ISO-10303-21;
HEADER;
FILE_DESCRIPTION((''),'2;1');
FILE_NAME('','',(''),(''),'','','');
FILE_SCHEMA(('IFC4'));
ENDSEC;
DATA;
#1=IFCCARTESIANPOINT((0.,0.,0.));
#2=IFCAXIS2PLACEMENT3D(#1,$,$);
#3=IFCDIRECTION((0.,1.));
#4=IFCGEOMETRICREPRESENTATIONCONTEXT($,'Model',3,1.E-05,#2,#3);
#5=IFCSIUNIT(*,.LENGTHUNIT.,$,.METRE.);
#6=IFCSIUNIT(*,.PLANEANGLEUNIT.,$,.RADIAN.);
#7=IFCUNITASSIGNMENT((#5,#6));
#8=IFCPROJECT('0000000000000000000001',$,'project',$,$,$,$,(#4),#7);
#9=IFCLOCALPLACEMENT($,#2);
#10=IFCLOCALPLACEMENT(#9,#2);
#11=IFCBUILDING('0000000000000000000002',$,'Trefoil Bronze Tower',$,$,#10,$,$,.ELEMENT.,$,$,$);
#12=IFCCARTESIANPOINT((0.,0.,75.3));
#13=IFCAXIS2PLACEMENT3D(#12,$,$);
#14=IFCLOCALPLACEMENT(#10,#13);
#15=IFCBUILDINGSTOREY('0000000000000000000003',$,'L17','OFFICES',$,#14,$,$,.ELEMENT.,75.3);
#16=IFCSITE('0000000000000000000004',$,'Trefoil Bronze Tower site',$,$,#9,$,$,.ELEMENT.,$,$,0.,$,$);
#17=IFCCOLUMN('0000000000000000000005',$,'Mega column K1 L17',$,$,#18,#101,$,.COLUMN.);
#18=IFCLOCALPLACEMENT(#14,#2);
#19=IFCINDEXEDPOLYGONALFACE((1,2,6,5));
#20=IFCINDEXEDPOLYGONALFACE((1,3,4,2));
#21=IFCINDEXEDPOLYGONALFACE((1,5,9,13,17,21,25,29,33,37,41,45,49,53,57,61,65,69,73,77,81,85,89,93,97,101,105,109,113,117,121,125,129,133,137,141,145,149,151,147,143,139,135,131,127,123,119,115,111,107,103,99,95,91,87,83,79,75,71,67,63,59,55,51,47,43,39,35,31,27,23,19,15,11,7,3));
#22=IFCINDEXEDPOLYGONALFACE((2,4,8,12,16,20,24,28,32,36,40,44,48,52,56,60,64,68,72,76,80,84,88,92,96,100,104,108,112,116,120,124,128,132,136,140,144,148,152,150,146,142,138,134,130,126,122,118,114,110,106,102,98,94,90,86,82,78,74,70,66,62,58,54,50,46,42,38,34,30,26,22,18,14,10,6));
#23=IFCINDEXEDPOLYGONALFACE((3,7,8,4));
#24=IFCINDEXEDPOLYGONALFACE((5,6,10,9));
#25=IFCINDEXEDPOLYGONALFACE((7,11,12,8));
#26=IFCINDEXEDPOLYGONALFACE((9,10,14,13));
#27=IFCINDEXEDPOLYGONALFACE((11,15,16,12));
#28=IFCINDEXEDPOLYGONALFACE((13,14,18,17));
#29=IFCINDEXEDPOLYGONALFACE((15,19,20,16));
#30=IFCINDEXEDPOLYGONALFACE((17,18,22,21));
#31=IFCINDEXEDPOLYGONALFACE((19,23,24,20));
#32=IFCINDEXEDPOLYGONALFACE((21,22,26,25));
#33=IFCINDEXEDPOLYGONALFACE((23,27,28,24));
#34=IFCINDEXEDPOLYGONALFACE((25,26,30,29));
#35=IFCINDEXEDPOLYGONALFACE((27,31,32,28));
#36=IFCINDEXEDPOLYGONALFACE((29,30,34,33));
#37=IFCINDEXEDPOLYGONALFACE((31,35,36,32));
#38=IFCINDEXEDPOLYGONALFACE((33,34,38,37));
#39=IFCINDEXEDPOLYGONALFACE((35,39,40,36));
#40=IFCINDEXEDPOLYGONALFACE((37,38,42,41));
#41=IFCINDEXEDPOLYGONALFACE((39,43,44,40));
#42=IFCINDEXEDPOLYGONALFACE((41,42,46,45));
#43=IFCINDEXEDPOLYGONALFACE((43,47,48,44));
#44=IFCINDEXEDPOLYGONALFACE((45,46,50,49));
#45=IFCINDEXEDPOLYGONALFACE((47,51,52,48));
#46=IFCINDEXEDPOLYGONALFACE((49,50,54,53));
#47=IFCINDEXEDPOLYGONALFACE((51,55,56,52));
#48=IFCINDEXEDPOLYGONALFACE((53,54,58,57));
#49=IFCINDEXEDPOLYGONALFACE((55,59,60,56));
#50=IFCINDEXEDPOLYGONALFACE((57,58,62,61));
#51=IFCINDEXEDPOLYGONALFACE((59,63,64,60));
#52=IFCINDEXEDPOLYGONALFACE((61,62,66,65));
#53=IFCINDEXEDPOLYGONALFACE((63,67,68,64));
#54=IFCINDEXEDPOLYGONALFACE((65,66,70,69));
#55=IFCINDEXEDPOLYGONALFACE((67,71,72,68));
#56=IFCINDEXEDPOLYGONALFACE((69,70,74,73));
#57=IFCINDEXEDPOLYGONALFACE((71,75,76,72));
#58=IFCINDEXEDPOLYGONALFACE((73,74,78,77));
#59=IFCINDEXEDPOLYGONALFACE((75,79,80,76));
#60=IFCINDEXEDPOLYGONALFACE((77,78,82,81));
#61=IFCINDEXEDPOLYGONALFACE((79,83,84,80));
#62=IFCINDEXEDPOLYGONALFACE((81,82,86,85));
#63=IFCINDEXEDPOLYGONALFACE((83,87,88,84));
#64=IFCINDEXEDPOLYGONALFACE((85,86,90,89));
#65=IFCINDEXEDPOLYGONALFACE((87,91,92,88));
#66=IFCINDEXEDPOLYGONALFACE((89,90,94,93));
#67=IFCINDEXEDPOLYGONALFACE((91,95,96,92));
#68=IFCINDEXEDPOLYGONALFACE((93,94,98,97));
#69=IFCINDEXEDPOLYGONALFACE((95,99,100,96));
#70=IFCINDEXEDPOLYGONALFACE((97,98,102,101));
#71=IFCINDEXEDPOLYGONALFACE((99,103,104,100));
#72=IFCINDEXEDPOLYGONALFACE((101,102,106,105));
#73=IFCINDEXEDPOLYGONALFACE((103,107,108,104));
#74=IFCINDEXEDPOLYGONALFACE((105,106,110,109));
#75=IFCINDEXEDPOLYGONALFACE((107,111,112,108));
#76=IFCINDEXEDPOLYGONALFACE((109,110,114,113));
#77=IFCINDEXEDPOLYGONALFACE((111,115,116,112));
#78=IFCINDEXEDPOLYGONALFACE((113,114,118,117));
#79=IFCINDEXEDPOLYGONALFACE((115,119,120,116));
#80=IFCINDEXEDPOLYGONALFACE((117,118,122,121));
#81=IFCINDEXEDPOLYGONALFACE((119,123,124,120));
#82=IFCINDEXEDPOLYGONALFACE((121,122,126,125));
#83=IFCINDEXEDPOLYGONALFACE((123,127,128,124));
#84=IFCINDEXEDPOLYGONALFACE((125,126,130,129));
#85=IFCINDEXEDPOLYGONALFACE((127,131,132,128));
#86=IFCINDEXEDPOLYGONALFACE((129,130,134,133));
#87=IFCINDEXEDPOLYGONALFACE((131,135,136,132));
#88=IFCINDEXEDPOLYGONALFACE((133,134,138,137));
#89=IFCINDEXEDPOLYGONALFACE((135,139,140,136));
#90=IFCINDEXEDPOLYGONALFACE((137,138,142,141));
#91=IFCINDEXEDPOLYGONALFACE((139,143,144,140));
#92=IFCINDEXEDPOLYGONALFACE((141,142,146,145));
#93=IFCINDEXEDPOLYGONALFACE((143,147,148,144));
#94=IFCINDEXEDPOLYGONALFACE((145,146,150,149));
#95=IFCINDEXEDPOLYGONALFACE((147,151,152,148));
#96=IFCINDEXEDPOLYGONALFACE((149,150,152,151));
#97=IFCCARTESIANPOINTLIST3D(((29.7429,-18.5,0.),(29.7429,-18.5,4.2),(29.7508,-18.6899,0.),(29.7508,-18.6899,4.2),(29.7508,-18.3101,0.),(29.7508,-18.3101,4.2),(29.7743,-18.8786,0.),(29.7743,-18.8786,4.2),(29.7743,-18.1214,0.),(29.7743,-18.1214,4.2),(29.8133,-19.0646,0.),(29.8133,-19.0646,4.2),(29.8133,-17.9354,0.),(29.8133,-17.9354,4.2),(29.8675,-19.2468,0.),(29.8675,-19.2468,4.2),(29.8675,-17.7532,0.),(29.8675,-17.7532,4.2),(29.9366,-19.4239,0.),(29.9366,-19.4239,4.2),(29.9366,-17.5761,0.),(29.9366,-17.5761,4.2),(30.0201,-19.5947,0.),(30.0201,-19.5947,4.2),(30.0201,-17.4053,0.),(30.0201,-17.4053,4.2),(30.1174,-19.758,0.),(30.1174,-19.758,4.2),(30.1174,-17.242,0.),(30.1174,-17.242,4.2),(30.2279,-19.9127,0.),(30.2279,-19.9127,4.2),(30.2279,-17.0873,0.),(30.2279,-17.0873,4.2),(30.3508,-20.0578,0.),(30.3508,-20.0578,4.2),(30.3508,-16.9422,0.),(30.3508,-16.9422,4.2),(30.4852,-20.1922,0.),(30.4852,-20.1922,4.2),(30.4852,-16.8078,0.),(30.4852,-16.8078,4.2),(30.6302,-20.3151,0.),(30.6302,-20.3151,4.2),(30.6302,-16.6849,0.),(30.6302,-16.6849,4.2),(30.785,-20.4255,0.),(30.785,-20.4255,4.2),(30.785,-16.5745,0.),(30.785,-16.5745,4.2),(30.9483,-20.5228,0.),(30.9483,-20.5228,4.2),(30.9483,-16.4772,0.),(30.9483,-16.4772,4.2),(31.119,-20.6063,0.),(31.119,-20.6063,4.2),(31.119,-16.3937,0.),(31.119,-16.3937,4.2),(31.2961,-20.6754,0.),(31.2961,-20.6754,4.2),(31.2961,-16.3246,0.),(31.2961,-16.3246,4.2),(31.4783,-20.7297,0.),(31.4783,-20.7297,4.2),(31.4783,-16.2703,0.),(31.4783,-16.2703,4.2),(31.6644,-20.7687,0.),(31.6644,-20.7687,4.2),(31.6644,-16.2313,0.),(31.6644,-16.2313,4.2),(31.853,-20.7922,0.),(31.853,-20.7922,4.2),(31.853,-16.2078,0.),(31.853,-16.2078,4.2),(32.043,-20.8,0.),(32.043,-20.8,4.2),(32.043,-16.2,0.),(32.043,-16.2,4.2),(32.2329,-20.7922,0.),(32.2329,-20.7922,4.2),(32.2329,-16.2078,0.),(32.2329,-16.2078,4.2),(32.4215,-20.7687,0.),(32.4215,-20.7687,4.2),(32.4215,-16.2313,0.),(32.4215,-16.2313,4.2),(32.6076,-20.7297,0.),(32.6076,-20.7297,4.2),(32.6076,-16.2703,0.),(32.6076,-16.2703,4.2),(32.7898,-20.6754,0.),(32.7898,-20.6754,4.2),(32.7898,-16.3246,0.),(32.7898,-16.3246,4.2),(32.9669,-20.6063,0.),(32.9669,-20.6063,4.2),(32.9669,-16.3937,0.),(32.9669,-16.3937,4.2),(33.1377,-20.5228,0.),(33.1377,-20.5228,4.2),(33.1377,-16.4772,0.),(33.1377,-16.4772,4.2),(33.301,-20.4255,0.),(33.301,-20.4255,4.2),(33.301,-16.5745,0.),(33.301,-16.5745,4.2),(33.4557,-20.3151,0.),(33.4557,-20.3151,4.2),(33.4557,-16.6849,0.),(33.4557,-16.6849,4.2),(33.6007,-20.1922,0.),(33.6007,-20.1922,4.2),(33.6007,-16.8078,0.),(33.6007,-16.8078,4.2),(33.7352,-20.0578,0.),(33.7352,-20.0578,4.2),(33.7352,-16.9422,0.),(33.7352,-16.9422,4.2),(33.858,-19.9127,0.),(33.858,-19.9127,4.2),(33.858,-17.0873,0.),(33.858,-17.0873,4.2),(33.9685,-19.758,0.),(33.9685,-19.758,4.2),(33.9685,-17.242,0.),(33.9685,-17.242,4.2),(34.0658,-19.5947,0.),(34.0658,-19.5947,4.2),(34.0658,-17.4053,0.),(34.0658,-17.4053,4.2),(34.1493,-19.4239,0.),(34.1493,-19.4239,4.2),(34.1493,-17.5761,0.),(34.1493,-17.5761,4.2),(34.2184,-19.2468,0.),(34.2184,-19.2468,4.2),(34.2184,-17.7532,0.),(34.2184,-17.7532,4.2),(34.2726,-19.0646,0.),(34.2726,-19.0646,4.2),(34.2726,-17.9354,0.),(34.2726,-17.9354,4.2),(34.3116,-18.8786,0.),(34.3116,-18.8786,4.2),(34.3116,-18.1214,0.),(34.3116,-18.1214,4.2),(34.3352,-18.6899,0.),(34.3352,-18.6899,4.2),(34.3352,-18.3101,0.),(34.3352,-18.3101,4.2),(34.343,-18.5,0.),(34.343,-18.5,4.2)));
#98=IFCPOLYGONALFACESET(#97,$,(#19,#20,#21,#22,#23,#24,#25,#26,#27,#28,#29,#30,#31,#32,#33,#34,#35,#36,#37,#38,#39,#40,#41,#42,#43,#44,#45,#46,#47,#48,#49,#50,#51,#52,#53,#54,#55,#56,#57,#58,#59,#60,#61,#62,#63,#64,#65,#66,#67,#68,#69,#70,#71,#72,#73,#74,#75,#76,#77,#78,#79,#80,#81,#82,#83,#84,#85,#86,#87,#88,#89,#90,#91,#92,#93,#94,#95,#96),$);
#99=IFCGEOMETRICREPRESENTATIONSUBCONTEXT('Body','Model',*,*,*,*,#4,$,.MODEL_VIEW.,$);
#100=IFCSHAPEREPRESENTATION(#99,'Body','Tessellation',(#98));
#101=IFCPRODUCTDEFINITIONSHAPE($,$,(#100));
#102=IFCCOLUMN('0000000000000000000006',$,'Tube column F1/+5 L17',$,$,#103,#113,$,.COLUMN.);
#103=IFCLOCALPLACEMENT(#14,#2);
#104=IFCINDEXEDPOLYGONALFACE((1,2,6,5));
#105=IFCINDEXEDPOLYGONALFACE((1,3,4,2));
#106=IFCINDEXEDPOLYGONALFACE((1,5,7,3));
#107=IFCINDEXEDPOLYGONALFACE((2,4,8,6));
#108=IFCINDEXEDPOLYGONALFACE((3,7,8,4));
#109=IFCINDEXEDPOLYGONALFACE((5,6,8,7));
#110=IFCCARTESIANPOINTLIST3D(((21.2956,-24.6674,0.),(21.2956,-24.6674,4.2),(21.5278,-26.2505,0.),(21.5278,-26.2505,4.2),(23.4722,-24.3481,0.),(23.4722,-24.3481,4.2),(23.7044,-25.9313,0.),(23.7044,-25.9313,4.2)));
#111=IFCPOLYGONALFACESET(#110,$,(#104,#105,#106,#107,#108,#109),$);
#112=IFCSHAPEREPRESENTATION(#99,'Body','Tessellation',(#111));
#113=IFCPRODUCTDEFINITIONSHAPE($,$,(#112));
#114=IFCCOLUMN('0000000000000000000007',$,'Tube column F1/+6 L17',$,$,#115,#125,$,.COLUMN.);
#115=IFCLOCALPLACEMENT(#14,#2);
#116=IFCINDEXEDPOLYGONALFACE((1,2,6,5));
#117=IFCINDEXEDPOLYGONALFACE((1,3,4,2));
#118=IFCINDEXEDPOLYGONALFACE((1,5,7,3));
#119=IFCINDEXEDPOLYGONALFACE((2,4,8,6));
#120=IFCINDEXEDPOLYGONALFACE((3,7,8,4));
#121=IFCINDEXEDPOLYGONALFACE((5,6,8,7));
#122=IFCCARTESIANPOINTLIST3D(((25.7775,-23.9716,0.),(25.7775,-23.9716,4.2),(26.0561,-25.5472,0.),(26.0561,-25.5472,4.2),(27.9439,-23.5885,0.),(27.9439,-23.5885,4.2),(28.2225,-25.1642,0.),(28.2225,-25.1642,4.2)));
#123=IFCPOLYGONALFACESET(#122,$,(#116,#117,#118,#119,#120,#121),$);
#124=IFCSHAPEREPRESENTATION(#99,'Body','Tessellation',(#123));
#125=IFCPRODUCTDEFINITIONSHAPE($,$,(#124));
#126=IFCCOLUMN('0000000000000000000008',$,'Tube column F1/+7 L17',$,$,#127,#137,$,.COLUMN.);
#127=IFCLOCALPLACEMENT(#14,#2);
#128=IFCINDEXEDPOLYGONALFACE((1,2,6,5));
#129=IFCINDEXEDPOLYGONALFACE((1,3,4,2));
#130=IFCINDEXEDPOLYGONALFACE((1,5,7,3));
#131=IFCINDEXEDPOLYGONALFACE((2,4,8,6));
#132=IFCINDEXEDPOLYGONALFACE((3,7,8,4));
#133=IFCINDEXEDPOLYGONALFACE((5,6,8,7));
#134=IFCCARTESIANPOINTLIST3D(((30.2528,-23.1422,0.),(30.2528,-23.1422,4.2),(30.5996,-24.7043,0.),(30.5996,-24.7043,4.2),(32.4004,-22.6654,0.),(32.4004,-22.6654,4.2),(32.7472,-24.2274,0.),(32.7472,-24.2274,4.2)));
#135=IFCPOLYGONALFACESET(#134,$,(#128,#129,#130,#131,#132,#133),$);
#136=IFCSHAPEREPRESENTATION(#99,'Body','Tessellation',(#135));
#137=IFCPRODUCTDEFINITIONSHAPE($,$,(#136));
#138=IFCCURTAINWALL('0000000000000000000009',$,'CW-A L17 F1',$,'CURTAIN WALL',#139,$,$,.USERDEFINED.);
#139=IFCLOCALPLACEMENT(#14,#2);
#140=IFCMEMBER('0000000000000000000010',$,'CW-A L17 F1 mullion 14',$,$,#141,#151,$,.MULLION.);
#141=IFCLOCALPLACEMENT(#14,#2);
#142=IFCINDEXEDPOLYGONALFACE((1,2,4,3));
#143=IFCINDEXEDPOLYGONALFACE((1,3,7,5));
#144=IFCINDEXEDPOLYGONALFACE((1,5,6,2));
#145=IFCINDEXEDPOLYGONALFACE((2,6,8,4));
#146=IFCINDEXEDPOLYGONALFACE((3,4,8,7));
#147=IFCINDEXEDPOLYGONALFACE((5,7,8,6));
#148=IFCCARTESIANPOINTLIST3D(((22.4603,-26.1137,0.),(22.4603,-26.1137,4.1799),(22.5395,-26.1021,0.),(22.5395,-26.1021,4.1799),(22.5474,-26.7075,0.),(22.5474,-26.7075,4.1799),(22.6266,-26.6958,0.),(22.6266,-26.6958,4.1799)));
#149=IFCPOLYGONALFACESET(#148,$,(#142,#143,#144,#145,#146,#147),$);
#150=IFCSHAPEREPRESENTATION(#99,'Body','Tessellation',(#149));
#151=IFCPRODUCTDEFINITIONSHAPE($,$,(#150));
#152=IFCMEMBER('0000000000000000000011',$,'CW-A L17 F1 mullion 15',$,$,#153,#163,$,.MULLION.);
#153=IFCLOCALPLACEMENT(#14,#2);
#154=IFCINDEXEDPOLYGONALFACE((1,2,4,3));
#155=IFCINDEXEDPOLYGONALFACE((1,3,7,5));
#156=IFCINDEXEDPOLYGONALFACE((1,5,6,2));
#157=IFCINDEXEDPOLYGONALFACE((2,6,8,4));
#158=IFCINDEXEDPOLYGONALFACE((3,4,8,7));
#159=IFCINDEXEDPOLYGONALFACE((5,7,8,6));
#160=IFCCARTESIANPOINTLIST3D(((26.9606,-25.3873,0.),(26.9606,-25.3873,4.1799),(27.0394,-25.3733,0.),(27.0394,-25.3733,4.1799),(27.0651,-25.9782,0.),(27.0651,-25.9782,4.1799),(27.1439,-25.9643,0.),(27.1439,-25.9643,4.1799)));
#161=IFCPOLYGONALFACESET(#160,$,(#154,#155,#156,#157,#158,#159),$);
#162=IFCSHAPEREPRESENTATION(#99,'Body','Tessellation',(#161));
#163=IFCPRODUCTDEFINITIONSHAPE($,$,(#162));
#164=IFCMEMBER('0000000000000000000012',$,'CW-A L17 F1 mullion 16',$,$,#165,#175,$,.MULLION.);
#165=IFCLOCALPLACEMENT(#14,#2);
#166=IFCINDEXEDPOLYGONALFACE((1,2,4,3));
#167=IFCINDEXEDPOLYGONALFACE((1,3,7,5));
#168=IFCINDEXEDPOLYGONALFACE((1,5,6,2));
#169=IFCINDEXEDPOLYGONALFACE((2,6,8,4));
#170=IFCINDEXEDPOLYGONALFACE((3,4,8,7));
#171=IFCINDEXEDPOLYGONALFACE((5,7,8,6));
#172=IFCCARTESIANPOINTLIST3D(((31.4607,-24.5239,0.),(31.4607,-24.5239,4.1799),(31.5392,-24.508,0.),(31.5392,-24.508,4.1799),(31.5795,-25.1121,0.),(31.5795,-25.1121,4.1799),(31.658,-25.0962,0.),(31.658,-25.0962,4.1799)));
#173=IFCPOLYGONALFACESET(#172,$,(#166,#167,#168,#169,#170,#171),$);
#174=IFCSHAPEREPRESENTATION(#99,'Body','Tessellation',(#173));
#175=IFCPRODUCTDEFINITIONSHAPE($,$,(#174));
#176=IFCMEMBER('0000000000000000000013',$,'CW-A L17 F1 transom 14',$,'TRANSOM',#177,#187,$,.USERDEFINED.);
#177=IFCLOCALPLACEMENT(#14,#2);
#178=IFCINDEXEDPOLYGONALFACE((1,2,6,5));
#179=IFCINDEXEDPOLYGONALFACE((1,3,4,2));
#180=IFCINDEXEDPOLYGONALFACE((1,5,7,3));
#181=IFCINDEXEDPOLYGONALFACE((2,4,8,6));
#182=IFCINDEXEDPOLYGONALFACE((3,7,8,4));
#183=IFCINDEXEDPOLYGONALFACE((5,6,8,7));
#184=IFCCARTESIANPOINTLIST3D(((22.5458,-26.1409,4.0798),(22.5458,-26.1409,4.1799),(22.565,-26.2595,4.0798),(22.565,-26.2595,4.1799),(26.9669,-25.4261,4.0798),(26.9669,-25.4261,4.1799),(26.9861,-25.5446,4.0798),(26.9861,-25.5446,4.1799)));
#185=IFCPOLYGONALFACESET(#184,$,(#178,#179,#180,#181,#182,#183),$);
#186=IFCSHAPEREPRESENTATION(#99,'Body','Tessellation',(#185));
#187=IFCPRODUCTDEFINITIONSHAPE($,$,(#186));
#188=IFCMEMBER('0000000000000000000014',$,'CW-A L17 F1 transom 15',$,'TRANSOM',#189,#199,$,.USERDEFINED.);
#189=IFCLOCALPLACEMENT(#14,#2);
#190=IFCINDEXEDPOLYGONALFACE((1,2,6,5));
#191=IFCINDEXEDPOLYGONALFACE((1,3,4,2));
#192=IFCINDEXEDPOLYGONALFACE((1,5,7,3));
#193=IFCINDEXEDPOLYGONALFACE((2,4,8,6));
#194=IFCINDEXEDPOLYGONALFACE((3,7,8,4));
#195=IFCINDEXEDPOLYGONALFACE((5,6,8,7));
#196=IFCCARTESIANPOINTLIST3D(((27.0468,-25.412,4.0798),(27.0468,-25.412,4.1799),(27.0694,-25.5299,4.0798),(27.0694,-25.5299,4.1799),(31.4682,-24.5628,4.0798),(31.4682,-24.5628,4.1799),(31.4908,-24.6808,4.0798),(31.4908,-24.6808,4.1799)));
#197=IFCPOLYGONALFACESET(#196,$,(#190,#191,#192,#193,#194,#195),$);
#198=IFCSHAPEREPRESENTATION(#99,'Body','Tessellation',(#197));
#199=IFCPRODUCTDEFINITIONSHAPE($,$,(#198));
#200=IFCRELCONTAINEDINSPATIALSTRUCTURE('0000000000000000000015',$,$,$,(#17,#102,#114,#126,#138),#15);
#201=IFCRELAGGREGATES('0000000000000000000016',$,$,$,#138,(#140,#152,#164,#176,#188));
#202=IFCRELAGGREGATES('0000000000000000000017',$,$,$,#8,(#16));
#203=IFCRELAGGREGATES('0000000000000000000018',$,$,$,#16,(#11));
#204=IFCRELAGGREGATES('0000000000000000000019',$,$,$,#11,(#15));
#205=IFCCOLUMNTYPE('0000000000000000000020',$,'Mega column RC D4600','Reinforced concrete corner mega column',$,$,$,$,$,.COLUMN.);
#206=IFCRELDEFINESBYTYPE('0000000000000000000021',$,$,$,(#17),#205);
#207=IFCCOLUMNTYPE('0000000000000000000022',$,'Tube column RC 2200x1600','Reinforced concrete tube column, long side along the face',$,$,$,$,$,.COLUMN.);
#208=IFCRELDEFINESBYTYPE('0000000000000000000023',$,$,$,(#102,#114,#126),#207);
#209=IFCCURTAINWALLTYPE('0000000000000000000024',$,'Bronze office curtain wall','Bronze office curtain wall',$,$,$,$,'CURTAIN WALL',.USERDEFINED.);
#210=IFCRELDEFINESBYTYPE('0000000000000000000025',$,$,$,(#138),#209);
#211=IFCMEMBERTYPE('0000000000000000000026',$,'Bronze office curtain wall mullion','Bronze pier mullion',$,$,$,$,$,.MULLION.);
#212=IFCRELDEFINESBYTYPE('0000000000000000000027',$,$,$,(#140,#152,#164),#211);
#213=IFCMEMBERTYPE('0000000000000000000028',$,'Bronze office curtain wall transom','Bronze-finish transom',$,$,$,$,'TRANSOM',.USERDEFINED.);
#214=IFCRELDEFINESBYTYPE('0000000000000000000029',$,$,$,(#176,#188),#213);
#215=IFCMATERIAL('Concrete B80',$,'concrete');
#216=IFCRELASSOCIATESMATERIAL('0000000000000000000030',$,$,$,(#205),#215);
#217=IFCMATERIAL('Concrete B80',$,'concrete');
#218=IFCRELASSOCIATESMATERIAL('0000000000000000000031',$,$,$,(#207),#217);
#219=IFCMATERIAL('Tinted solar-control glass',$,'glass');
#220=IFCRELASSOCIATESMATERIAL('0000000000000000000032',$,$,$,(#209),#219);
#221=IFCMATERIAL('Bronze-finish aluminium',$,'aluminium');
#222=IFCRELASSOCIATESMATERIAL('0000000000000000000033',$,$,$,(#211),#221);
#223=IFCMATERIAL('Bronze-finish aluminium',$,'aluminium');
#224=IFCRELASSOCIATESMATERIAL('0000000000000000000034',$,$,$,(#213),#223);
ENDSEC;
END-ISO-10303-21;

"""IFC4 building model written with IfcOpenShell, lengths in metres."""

from ifc_helpers import new_model, si_unit, direction, frame, origin, origin_2d, place, context, subcontext, project, spatial, rectangle, circle, extrude, material, material_profile, profile_set, type_object, element, aggregate, save


model = new_model("IFC4")

# Units and contexts
model_context = context("Model", 3, precision=1e-05, world=origin(), true_north=direction((0.0, 1.0)))
body_context = subcontext(model_context, "Body", "Model", "MODEL_VIEW")
ifc_project = project(units=[si_unit("LENGTHUNIT", "METRE"), si_unit("PLANEANGLEUNIT", "RADIAN")], contexts=[model_context])

# Site, building, storey
site_placement = place(None, origin())
site = spatial("IfcSite", under=ifc_project, at=site_placement, Name="Trefoil Bronze Tower site", CompositionType="ELEMENT", RefElevation=0.0)
building_placement = place(site_placement, origin())
building = spatial("IfcBuilding", under=site, at=building_placement, Name="Trefoil Bronze Tower", CompositionType="ELEMENT")
storey_placement = place(building_placement, frame((0.0, 0.0, 75.3)))
storey = spatial("IfcBuildingStorey", under=building, at=storey_placement, Name="L17", Description="OFFICES", CompositionType="ELEMENT", Elevation=75.3)

# Columns
ifc_material_1 = material(Name="Concrete B80", Category="concrete")
ifc_material_profile_1 = material_profile(ifc_material_1, circle(Radius=2.3, at=origin_2d()), Name="RC D4600")
ifc_profile_set_1 = profile_set([ifc_material_profile_1], Name="Concrete B80")
column_type_1 = type_object("IfcColumnType", Name="Mega column RC D4600", Description="Reinforced concrete corner mega column", PredefinedType="COLUMN", material=ifc_profile_set_1)
column_placement = place(storey_placement, frame((32.043, -18.5, 0.0), z_axis=(0.0, 0.0, 1.0), x_axis=(1.0, 0.0, 0.0)))
element("IfcColumn", 1, at=column_placement, inside=storey, type_object=column_type_1, Name="Mega column K1 L17", PredefinedType="COLUMN", context=body_context, shape_type="SweptSolid", body=[
    extrude(circle(Radius=2.3, at=origin_2d()), origin(), (0.0, 0.0, 1.0), 4.2),
])
ifc_material_2 = material(Name="Concrete B80", Category="concrete")
ifc_material_profile_2 = material_profile(ifc_material_2, rectangle(XDim=2.2, YDim=1.6001, at=origin_2d()), Name="RC 2200x1600")
ifc_profile_set_2 = profile_set([ifc_material_profile_2], Name="Concrete B80")
column_type_2 = type_object("IfcColumnType", Name="Tube column RC 2200x1600", Description="Reinforced concrete tube column, long side along the face", PredefinedType="COLUMN", material=ifc_profile_set_2)
for number, where, z_axis, x_axis, name in (
    (2, (22.5, -25.2993, 0.0), (0.0, 0.0, 1.0), (0.989416, 0.145109, 0.0), "Tube column F1/+5 L17"),
    (3, (27.0, -24.5679, 0.0), (0.0, 0.0, 1.0), (0.984722, 0.174131, 0.0), "Tube column F1/+6 L17"),
    (4, (31.5, -23.6848, 0.0), (0.0, 0.0, 1.0), (0.97623, 0.216739, 0.0), "Tube column F1/+7 L17"),
):
    element("IfcColumn", number, at=place(storey_placement, frame(where, z_axis=z_axis, x_axis=x_axis)), inside=storey, type_object=column_type_2, Name=name, PredefinedType="COLUMN", context=body_context, shape_type="SweptSolid", body=[
        extrude(rectangle(XDim=2.2, YDim=1.6001, at=origin_2d()), origin(), (0.0, 0.0, 1.0), 4.2),
    ])

# Curtain wall, members
ifc_material_3 = material(Name="Tinted solar-control glass", Category="glass")
curtain_wall_type_1 = type_object("IfcCurtainWallType", Name="Bronze office curtain wall", Description="Bronze office curtain wall", ElementType="CURTAIN WALL", PredefinedType="USERDEFINED", material=ifc_material_3)
curtain_wall_1_placement = place(storey_placement, origin())
curtain_wall_1 = element("IfcCurtainWall", 5, at=curtain_wall_1_placement, inside=storey, type_object=curtain_wall_type_1, Name="CW-A L17 F1", ObjectType="CURTAIN WALL", PredefinedType="USERDEFINED")
ifc_material_4 = material(Name="Bronze-finish aluminium", Category="aluminium")
ifc_material_profile_3 = material_profile(ifc_material_4, rectangle(XDim=0.6001, YDim=0.0801, at=origin_2d()), Name="CW-A mullion")
ifc_profile_set_3 = profile_set([ifc_material_profile_3], Name="Bronze-finish aluminium")
member_type_1 = type_object("IfcMemberType", Name="Bronze office curtain wall mullion", Description="Bronze pier mullion", PredefinedType="MULLION", material=ifc_profile_set_3)
member_1_placement = place(storey_placement, frame((22.5435, -26.4048, 0.0), z_axis=(0.0, 0.0, 1.0), x_axis=(-0.145109, 0.989416, 0.0)))
member_1 = element("IfcMember", 6, at=member_1_placement, type_object=member_type_1, Name="CW-A L17 F1 mullion 14", PredefinedType="MULLION", context=body_context, shape_type="SweptSolid", body=[
    extrude(rectangle(XDim=0.6001, YDim=0.0801, at=origin_2d()), origin(), (0.0, 0.0, 1.0), 4.1799),
])
member_2_placement = place(storey_placement, frame((27.0522, -25.6758, 0.0), z_axis=(0.0, 0.0, 1.0), x_axis=(-0.174131, 0.984722, 0.0)))
member_2 = element("IfcMember", 7, at=member_2_placement, type_object=member_type_1, Name="CW-A L17 F1 mullion 15", PredefinedType="MULLION", context=body_context, shape_type="SweptSolid", body=[
    extrude(rectangle(XDim=0.6001, YDim=0.0801, at=origin_2d()), origin(), (0.0, 0.0, 1.0), 4.1799),
])
member_3_placement = place(storey_placement, frame((31.5593, -24.8101, 0.0), z_axis=(0.0, 0.0, 1.0), x_axis=(-0.19791, 0.98022, 0.0)))
member_3 = element("IfcMember", 8, at=member_3_placement, type_object=member_type_1, Name="CW-A L17 F1 mullion 16", PredefinedType="MULLION", context=body_context, shape_type="SweptSolid", body=[
    extrude(rectangle(XDim=0.6001, YDim=0.0801, at=origin_2d()), origin(), (0.0, 0.0, 1.0), 4.1799),
])
ifc_material_5 = material(Name="Bronze-finish aluminium", Category="aluminium")
ifc_material_profile_4 = material_profile(ifc_material_5, rectangle(XDim=0.1201, YDim=0.1001, at=origin_2d()), Name="CW-A transom")
ifc_profile_set_4 = profile_set([ifc_material_profile_4], Name="Bronze-finish aluminium")
member_type_2 = type_object("IfcMemberType", Name="Bronze office curtain wall transom", Description="Bronze-finish transom", ElementType="TRANSOM", PredefinedType="USERDEFINED", material=ifc_profile_set_4)
member_4_placement = place(storey_placement, frame((22.5554, -26.2002, 4.1299), z_axis=(0.987179, 0.159615, 0.0), x_axis=(-0.159615, 0.987179, 0.0)))
member_4 = element("IfcMember", 9, at=member_4_placement, type_object=member_type_2, Name="CW-A L17 F1 transom 14", ObjectType="TRANSOM", PredefinedType="USERDEFINED", context=body_context, shape_type="SweptSolid", body=[
    extrude(rectangle(XDim=0.1201, YDim=0.1001, at=origin_2d()), origin(), (0.0, 0.0, 1.0), 4.4785),
])
member_5_placement = place(storey_placement, frame((27.0581, -25.4709, 4.1299), z_axis=(0.982054, 0.188602, 0.0), x_axis=(-0.188602, 0.982054, 0.0)))
member_5 = element("IfcMember", 10, at=member_5_placement, type_object=member_type_2, Name="CW-A L17 F1 transom 15", ObjectType="TRANSOM", PredefinedType="USERDEFINED", context=body_context, shape_type="SweptSolid", body=[
    extrude(rectangle(XDim=0.1201, YDim=0.1001, at=origin_2d()), origin(), (0.0, 0.0, 1.0), 4.5022),
])

aggregate(curtain_wall_1, [member_1, member_2, member_3, member_4, member_5])

save(model, "model.ifc")
